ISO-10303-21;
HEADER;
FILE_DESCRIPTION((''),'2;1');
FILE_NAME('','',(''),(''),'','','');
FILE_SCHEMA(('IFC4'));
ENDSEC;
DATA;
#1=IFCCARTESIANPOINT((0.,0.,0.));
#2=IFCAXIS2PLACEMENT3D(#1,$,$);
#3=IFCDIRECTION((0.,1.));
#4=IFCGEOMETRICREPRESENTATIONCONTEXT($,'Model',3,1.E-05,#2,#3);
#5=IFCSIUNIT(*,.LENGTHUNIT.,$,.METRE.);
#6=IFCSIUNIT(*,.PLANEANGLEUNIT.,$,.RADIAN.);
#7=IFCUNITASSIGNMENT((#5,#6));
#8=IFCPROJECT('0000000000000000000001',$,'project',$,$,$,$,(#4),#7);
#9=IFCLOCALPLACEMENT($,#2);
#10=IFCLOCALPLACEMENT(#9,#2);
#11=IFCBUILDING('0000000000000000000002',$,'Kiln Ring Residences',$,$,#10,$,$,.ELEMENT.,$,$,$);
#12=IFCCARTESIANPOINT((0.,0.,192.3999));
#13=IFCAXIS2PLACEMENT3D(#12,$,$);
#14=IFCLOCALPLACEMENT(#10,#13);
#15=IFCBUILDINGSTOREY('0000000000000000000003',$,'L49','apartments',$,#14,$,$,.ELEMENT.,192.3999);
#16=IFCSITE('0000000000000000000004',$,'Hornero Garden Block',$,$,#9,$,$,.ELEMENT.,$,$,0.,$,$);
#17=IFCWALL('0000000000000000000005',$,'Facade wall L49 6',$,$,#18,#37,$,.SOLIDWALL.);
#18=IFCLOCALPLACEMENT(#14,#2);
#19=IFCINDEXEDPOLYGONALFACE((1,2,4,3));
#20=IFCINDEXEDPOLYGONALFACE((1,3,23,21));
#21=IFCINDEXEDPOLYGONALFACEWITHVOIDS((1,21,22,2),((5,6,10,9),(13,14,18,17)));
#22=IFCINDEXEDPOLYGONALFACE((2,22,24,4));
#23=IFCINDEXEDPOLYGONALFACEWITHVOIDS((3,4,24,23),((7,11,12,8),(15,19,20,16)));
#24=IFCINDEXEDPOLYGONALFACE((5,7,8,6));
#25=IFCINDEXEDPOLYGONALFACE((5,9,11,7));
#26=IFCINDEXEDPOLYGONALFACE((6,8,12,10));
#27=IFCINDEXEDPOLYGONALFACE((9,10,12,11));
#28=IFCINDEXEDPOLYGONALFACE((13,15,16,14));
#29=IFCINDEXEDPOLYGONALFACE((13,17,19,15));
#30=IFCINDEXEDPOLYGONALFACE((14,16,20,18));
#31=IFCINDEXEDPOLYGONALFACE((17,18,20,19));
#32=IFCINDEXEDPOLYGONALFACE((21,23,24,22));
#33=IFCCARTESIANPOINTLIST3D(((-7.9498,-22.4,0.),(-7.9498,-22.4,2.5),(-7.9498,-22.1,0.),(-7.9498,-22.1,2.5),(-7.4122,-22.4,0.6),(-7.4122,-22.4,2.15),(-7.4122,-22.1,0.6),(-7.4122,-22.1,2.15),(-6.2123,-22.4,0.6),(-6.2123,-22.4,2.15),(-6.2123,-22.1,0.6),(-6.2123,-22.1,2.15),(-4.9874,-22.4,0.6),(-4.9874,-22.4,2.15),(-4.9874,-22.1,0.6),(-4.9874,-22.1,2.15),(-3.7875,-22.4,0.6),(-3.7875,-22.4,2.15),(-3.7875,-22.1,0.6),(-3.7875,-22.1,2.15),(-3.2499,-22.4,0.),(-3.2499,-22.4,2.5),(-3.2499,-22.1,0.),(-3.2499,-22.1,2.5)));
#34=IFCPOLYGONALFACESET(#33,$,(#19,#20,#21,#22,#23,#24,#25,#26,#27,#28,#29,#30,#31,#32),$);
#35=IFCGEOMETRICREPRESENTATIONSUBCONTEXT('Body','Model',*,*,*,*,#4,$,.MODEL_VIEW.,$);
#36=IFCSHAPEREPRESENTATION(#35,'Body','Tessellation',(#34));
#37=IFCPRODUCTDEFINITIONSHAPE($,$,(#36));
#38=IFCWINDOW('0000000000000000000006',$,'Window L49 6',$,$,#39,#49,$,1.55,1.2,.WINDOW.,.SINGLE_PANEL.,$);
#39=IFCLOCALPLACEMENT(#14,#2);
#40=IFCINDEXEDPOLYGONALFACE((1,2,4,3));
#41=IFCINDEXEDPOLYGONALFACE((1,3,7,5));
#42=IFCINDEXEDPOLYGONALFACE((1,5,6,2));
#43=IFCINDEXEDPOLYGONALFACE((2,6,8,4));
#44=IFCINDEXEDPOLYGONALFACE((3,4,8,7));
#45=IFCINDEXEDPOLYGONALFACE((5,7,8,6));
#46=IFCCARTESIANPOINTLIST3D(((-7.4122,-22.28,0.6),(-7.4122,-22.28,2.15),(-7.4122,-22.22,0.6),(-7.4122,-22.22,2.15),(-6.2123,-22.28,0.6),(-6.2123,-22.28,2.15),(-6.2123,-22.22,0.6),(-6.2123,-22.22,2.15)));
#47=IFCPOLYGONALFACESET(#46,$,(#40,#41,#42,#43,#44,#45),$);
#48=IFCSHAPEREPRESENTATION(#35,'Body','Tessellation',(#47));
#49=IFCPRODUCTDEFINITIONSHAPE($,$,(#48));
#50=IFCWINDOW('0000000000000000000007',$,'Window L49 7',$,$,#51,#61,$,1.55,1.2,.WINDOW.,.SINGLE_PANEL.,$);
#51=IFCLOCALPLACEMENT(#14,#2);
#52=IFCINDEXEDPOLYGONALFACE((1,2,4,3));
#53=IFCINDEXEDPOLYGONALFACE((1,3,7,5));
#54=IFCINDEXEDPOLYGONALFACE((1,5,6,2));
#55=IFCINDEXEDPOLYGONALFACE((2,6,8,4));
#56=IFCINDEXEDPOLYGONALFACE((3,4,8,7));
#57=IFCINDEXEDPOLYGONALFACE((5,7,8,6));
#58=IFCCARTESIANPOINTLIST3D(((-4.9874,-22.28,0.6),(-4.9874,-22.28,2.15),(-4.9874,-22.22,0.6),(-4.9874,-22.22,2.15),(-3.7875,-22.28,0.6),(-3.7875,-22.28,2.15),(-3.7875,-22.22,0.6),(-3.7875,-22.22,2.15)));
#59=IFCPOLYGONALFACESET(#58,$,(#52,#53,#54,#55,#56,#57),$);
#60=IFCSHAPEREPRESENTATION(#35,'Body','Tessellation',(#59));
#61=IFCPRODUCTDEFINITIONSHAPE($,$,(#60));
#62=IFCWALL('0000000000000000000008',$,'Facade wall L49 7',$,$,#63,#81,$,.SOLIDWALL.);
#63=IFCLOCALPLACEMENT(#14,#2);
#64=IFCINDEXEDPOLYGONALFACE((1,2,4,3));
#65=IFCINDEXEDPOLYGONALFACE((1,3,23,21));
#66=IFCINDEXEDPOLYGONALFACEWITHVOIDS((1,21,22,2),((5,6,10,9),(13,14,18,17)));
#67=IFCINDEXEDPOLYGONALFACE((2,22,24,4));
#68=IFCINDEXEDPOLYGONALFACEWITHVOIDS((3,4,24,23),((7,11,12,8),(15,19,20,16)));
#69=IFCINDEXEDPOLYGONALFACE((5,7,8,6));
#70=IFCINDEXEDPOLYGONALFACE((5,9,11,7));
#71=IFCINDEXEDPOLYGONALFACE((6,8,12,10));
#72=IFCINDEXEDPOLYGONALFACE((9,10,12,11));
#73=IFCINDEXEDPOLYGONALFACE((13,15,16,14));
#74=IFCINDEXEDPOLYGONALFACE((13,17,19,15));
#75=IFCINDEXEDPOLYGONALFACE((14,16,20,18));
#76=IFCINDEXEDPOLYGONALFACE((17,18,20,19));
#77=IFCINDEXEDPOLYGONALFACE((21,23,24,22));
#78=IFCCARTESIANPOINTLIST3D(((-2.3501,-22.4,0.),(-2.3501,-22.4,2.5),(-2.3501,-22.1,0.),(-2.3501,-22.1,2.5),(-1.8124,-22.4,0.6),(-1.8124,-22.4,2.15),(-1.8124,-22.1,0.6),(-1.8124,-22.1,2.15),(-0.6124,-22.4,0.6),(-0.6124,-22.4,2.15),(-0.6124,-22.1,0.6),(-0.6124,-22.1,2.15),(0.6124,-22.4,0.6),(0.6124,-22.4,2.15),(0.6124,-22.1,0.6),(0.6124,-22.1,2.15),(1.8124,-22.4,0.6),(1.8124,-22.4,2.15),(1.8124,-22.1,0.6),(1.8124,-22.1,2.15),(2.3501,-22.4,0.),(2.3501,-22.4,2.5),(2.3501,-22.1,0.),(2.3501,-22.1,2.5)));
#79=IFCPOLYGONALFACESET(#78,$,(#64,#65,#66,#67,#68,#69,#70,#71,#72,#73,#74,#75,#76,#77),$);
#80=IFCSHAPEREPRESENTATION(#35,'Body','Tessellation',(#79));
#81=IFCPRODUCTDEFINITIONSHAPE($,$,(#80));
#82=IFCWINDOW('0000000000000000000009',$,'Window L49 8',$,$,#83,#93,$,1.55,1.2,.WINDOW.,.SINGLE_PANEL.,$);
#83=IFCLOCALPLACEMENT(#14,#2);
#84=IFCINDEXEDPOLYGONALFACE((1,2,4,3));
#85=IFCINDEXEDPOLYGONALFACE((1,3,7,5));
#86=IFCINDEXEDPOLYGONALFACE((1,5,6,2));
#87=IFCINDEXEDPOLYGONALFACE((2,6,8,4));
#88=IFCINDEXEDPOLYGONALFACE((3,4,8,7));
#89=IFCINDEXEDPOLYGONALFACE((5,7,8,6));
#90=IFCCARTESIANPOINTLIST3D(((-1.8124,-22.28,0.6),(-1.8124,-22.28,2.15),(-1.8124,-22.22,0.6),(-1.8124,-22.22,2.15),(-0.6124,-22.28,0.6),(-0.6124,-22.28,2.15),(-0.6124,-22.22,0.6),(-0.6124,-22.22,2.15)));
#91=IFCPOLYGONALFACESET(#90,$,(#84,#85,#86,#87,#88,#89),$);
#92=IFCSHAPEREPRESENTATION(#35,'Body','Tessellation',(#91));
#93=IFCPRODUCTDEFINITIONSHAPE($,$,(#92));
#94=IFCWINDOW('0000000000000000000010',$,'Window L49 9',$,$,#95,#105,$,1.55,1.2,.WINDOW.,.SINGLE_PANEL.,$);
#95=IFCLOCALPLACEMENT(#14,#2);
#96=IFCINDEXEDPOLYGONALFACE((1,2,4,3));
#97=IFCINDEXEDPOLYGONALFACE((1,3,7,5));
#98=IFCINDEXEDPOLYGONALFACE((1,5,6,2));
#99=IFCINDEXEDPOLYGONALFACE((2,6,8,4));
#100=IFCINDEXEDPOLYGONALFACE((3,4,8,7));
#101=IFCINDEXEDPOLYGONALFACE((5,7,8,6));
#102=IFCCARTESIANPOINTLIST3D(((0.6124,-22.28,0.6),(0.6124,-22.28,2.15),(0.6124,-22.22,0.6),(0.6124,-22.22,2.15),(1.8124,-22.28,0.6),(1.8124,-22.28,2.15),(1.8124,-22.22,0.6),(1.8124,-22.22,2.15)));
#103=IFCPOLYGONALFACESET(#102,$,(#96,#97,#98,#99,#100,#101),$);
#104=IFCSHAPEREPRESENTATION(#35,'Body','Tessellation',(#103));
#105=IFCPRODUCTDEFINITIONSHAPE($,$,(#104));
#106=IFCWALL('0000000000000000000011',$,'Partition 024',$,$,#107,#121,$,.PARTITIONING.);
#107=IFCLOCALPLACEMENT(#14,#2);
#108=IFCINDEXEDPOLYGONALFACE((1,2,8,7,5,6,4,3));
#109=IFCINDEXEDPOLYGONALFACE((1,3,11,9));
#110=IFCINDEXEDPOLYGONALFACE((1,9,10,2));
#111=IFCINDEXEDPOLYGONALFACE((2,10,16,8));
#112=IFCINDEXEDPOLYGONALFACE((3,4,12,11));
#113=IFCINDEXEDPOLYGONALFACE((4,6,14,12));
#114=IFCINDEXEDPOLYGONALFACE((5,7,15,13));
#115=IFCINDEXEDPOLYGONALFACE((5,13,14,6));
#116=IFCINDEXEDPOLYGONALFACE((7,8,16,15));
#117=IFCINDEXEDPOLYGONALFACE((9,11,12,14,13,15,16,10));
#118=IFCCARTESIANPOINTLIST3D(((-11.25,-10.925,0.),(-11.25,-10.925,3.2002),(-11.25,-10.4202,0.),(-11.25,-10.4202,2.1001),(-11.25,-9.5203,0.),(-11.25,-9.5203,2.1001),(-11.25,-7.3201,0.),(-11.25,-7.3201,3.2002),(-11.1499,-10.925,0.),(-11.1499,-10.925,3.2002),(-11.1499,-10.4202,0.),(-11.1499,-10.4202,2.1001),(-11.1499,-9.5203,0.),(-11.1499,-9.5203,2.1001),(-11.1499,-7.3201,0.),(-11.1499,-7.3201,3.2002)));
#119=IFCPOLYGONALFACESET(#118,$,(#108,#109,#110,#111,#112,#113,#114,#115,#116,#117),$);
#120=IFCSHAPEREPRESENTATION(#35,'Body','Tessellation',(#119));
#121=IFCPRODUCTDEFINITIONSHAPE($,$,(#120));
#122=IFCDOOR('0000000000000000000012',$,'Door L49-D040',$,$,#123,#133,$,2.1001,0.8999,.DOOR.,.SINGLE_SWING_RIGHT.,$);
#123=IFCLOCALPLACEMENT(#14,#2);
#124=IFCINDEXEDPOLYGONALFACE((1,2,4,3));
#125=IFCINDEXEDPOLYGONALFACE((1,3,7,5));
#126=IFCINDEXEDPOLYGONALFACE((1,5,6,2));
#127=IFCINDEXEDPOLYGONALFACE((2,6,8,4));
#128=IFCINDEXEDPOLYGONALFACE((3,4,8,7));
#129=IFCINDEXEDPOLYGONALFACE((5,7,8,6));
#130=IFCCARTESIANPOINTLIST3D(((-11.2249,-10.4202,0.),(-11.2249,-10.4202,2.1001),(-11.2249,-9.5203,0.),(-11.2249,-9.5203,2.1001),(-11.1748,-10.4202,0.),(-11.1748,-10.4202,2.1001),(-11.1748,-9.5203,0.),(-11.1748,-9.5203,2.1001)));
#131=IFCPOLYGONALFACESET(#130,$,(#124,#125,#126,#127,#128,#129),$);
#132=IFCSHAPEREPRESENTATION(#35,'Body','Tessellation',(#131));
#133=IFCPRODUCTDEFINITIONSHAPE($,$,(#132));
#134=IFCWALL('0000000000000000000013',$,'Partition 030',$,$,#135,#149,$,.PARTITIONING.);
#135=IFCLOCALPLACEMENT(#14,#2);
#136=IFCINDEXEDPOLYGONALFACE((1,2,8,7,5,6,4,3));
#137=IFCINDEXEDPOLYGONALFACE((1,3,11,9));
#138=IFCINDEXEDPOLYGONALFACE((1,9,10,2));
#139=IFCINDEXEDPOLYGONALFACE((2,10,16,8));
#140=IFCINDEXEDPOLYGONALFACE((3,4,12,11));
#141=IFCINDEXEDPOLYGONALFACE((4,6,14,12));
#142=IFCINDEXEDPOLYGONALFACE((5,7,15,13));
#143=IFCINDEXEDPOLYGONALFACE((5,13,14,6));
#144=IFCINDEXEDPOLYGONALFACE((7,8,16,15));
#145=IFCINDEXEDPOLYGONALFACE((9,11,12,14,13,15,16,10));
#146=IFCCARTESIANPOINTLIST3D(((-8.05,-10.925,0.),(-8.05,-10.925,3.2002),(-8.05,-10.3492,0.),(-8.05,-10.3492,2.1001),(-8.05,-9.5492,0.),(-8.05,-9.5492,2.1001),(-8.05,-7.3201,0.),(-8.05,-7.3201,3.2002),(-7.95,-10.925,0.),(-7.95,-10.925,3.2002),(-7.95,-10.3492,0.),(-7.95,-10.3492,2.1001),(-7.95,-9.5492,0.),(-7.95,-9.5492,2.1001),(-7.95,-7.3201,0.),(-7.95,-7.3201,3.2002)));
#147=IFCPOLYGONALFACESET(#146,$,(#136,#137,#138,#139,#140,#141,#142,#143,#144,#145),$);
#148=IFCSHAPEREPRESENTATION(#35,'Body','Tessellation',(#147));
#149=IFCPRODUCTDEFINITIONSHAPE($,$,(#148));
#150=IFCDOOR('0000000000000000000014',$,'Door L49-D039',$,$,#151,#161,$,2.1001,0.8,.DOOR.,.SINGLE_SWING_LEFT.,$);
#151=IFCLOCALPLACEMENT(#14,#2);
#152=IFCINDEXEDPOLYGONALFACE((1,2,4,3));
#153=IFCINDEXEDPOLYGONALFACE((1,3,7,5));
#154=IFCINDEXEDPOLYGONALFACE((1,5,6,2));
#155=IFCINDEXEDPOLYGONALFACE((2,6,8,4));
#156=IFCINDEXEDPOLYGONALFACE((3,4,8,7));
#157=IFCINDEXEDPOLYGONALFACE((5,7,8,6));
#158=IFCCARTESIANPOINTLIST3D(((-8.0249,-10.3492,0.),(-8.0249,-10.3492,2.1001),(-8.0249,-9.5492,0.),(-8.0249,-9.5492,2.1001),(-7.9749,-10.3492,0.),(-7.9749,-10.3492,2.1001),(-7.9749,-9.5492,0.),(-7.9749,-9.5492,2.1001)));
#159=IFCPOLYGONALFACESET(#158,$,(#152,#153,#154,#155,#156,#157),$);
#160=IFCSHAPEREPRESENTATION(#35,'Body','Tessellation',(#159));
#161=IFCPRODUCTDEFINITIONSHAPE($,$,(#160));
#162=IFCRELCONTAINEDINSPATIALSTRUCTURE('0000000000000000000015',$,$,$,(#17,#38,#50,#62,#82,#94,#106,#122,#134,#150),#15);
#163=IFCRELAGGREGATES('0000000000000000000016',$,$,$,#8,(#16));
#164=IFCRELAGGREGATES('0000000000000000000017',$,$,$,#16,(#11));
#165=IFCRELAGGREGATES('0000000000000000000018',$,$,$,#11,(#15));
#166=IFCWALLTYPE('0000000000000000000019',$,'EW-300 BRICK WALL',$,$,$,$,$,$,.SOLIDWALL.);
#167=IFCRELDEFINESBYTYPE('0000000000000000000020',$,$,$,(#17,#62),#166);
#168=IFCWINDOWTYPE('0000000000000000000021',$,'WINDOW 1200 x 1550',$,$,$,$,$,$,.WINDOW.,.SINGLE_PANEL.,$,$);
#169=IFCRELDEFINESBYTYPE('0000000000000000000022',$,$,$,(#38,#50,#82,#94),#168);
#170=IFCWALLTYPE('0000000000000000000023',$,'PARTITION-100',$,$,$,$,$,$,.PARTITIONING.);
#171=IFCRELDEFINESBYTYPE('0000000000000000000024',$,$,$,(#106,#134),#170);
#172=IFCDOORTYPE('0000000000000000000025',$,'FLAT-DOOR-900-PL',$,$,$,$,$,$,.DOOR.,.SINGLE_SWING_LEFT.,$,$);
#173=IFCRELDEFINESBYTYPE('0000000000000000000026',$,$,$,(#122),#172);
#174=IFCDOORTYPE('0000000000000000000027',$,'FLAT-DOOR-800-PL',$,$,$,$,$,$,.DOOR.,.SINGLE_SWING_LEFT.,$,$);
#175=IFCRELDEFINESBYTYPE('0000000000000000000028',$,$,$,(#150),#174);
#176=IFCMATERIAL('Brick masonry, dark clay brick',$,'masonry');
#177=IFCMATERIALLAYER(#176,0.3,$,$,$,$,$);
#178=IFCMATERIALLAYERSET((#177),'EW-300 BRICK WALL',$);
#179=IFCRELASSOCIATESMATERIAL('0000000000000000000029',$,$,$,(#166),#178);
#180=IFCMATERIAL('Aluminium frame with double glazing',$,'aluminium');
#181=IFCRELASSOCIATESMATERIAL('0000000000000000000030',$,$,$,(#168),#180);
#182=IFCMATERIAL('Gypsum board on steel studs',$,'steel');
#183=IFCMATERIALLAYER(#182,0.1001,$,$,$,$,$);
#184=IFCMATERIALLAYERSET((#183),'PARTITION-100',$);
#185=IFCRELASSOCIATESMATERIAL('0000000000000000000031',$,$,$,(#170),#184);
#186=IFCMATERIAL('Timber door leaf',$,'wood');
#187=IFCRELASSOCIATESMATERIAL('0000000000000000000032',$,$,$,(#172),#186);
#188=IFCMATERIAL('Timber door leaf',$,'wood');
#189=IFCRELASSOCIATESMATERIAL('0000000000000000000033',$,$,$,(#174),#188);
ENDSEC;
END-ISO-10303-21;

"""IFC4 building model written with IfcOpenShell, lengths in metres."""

from ifc_helpers import new_model, si_unit, direction, frame, frame_2d, origin, place, context, subcontext, project, spatial, rectangle, extrude, material, layer, layer_set, type_object, element, fill, save


model = new_model("IFC4")

# Units and contexts
model_context = context("Model", 3, precision=1e-05, world=origin(), true_north=direction((0.0, 1.0)))
body_context = subcontext(model_context, "Body", "Model", "MODEL_VIEW")
ifc_project = project(units=[si_unit("LENGTHUNIT", "METRE"), si_unit("PLANEANGLEUNIT", "RADIAN")], contexts=[model_context])

# Site, building, storey
site_placement = place(None, origin())
site = spatial("IfcSite", under=ifc_project, at=site_placement, Name="Hornero Garden Block", CompositionType="ELEMENT", RefElevation=0.0)
building_placement = place(site_placement, origin())
building = spatial("IfcBuilding", under=site, at=building_placement, Name="Kiln Ring Residences", CompositionType="ELEMENT")
storey_placement = place(building_placement, frame((0.0, 0.0, 192.3999)))
storey = spatial("IfcBuildingStorey", under=building, at=storey_placement, Name="L49", Description="apartments", CompositionType="ELEMENT", Elevation=192.3999)

# Walls, openings, windows
ifc_material_1 = material(Name="Brick masonry, dark clay brick", Category="masonry")
ifc_layer_1 = layer(ifc_material_1, 0.3)
ifc_layer_set_1 = layer_set([ifc_layer_1], Name="EW-300 BRICK WALL")
wall_type_1 = type_object("IfcWallType", Name="EW-300 BRICK WALL", PredefinedType="SOLIDWALL", material=ifc_layer_set_1)
wall_1_placement = place(storey_placement, frame((-7.95, -22.25, 0.0), z_axis=(0.0, 0.0, 1.0), x_axis=(1.0, 0.0, 0.0)))
wall_1 = element("IfcWall", 1, at=wall_1_placement, inside=storey, type_object=wall_type_1, Name="Facade wall L49 6", PredefinedType="SOLIDWALL", context=body_context, shape_type="SweptSolid", body=[
    extrude(rectangle(XDim=4.7, YDim=0.3, at=frame_2d((2.3501, 0.0))), origin(), (0.0, 0.0, 1.0), 2.5),
])
opening_1_placement = place(wall_1_placement, frame((0.5376, 0.0, 0.6001)))
opening_1 = element("IfcOpeningElement", 2, at=opening_1_placement, cuts=wall_1, PredefinedType="OPENING", context=body_context, shape_type="SweptSolid", body=[
    extrude(rectangle(XDim=1.2, YDim=1.55, at=frame_2d((0.6001, 0.7749))), frame((0.0, 0.1599, 0.0), z_axis=(0.0, -1.0, 0.0), x_axis=(1.0, 0.0, 0.0)), (0.0, 0.0, 1.0), 0.3201),
])
opening_2_placement = place(wall_1_placement, frame((2.9624, 0.0, 0.6001)))
opening_2 = element("IfcOpeningElement", 3, at=opening_2_placement, cuts=wall_1, PredefinedType="OPENING", context=body_context, shape_type="SweptSolid", body=[
    extrude(rectangle(XDim=1.2, YDim=1.55, at=frame_2d((0.6001, 0.7749))), frame((0.0, 0.1599, 0.0), z_axis=(0.0, -1.0, 0.0), x_axis=(1.0, 0.0, 0.0)), (0.0, 0.0, 1.0), 0.3201),
])
ifc_material_2 = material(Name="Aluminium frame with double glazing", Category="aluminium")
window_type = type_object("IfcWindowType", Name="WINDOW 1200 x 1550", PartitioningType="SINGLE_PANEL", PredefinedType="WINDOW", material=ifc_material_2)
window_1_placement = place(opening_1_placement, origin())
window_1 = element("IfcWindow", 4, at=window_1_placement, inside=storey, type_object=window_type, Name="Window L49 6", OverallHeight=1.55, OverallWidth=1.2, PartitioningType="SINGLE_PANEL", PredefinedType="WINDOW", context=body_context, shape_type="SweptSolid", body=[
    extrude(rectangle(XDim=1.2, YDim=1.55, at=frame_2d((0.6001, 0.7749))), frame((0.0, 0.03, 0.0), z_axis=(0.0, -1.0, 0.0), x_axis=(1.0, 0.0, 0.0)), (0.0, 0.0, 1.0), 0.0601),
])
fill(opening_1, window_1)
window_2_placement = place(opening_2_placement, origin())
window_2 = element("IfcWindow", 5, at=window_2_placement, inside=storey, type_object=window_type, Name="Window L49 7", OverallHeight=1.55, OverallWidth=1.2, PartitioningType="SINGLE_PANEL", PredefinedType="WINDOW", context=body_context, shape_type="SweptSolid", body=[
    extrude(rectangle(XDim=1.2, YDim=1.55, at=frame_2d((0.6001, 0.7749))), frame((0.0, 0.03, 0.0), z_axis=(0.0, -1.0, 0.0), x_axis=(1.0, 0.0, 0.0)), (0.0, 0.0, 1.0), 0.0601),
])
fill(opening_2, window_2)
wall_2_placement = place(storey_placement, frame((-2.3501, -22.25, 0.0), z_axis=(0.0, 0.0, 1.0), x_axis=(1.0, 0.0, 0.0)))
wall_2 = element("IfcWall", 6, at=wall_2_placement, inside=storey, type_object=wall_type_1, Name="Facade wall L49 7", PredefinedType="SOLIDWALL", context=body_context, shape_type="SweptSolid", body=[
    extrude(rectangle(XDim=4.7002, YDim=0.3, at=frame_2d((2.3501, 0.0))), origin(), (0.0, 0.0, 1.0), 2.5),
])
opening_3_placement = place(wall_2_placement, frame((0.5376, 0.0, 0.6001)))
opening_3 = element("IfcOpeningElement", 7, at=opening_3_placement, cuts=wall_2, PredefinedType="OPENING", context=body_context, shape_type="SweptSolid", body=[
    extrude(rectangle(XDim=1.2, YDim=1.55, at=frame_2d((0.6001, 0.7749))), frame((0.0, 0.1599, 0.0), z_axis=(0.0, -1.0, 0.0), x_axis=(1.0, 0.0, 0.0)), (0.0, 0.0, 1.0), 0.3201),
])
opening_4_placement = place(wall_2_placement, frame((2.9624, 0.0, 0.6001)))
opening_4 = element("IfcOpeningElement", 8, at=opening_4_placement, cuts=wall_2, PredefinedType="OPENING", context=body_context, shape_type="SweptSolid", body=[
    extrude(rectangle(XDim=1.2, YDim=1.55, at=frame_2d((0.6001, 0.7749))), frame((0.0, 0.1599, 0.0), z_axis=(0.0, -1.0, 0.0), x_axis=(1.0, 0.0, 0.0)), (0.0, 0.0, 1.0), 0.3201),
])
window_3_placement = place(opening_3_placement, origin())
window_3 = element("IfcWindow", 9, at=window_3_placement, inside=storey, type_object=window_type, Name="Window L49 8", OverallHeight=1.55, OverallWidth=1.2, PartitioningType="SINGLE_PANEL", PredefinedType="WINDOW", context=body_context, shape_type="SweptSolid", body=[
    extrude(rectangle(XDim=1.2, YDim=1.55, at=frame_2d((0.6001, 0.7749))), frame((0.0, 0.03, 0.0), z_axis=(0.0, -1.0, 0.0), x_axis=(1.0, 0.0, 0.0)), (0.0, 0.0, 1.0), 0.0601),
])
fill(opening_3, window_3)
window_4_placement = place(opening_4_placement, origin())
window_4 = element("IfcWindow", 10, at=window_4_placement, inside=storey, type_object=window_type, Name="Window L49 9", OverallHeight=1.55, OverallWidth=1.2, PartitioningType="SINGLE_PANEL", PredefinedType="WINDOW", context=body_context, shape_type="SweptSolid", body=[
    extrude(rectangle(XDim=1.2, YDim=1.55, at=frame_2d((0.6001, 0.7749))), frame((0.0, 0.03, 0.0), z_axis=(0.0, -1.0, 0.0), x_axis=(1.0, 0.0, 0.0)), (0.0, 0.0, 1.0), 0.0601),
])
fill(opening_4, window_4)

# Walls, openings, doors
ifc_material_3 = material(Name="Gypsum board on steel studs", Category="steel")
ifc_layer_2 = layer(ifc_material_3, 0.1001)
ifc_layer_set_2 = layer_set([ifc_layer_2], Name="PARTITION-100")
wall_type_2 = type_object("IfcWallType", Name="PARTITION-100", PredefinedType="PARTITIONING", material=ifc_layer_set_2)
wall_3_placement = place(storey_placement, frame((-11.2, -10.925, 0.0), z_axis=(0.0, 0.0, 1.0), x_axis=(0.0, 1.0, 0.0)))
wall_3 = element("IfcWall", 11, at=wall_3_placement, inside=storey, type_object=wall_type_2, Name="Partition 024", PredefinedType="PARTITIONING", context=body_context, shape_type="SweptSolid", body=[
    extrude(rectangle(XDim=3.605, YDim=0.1001, at=frame_2d((1.8025, 0.0))), origin(), (0.0, 0.0, 1.0), 3.2002),
])
opening_5_placement = place(wall_3_placement, frame((0.5049, 0.0, 0.0)))
opening_5 = element("IfcOpeningElement", 12, at=opening_5_placement, cuts=wall_3, PredefinedType="OPENING", context=body_context, shape_type="SweptSolid", body=[
    extrude(rectangle(XDim=0.8999, YDim=2.1001, at=frame_2d((0.45, 1.05))), frame((0.0, 0.0601, 0.0), z_axis=(0.0, -1.0, 0.0), x_axis=(1.0, 0.0, 0.0)), (0.0, 0.0, 1.0), 0.1201),
])
ifc_material_4 = material(Name="Timber door leaf", Category="wood")
door_type_1 = type_object("IfcDoorType", Name="FLAT-DOOR-900-PL", OperationType="SINGLE_SWING_LEFT", PredefinedType="DOOR", material=ifc_material_4)
door_1_placement = place(opening_5_placement, origin())
door_1 = element("IfcDoor", 13, at=door_1_placement, inside=storey, type_object=door_type_1, Name="Door L49-D040", OperationType="SINGLE_SWING_RIGHT", OverallHeight=2.1001, OverallWidth=0.8999, PredefinedType="DOOR", context=body_context, shape_type="SweptSolid", body=[
    extrude(rectangle(XDim=0.8999, YDim=2.1001, at=frame_2d((0.45, 1.05))), frame((0.0, 0.0249, 0.0), z_axis=(0.0, -1.0, 0.0), x_axis=(1.0, 0.0, 0.0)), (0.0, 0.0, 1.0), 0.05),
])
fill(opening_5, door_1)
wall_4_placement = place(storey_placement, frame((-8.0, -10.925, 0.0), z_axis=(0.0, 0.0, 1.0), x_axis=(0.0, 1.0, 0.0)))
wall_4 = element("IfcWall", 14, at=wall_4_placement, inside=storey, type_object=wall_type_2, Name="Partition 030", PredefinedType="PARTITIONING", context=body_context, shape_type="SweptSolid", body=[
    extrude(rectangle(XDim=3.605, YDim=0.1001, at=frame_2d((1.8025, 0.0))), origin(), (0.0, 0.0, 1.0), 3.2002),
])
opening_6_placement = place(wall_4_placement, frame((0.5759, 0.0, 0.0)))
opening_6 = element("IfcOpeningElement", 15, at=opening_6_placement, cuts=wall_4, PredefinedType="OPENING", context=body_context, shape_type="SweptSolid", body=[
    extrude(rectangle(XDim=0.8, YDim=2.1001, at=frame_2d((0.3999, 1.05))), frame((0.0, 0.0601, 0.0), z_axis=(0.0, -1.0, 0.0), x_axis=(1.0, 0.0, 0.0)), (0.0, 0.0, 1.0), 0.1201),
])
ifc_material_5 = material(Name="Timber door leaf", Category="wood")
door_type_2 = type_object("IfcDoorType", Name="FLAT-DOOR-800-PL", OperationType="SINGLE_SWING_LEFT", PredefinedType="DOOR", material=ifc_material_5)
door_2_placement = place(opening_6_placement, origin())
door_2 = element("IfcDoor", 16, at=door_2_placement, inside=storey, type_object=door_type_2, Name="Door L49-D039", OperationType="SINGLE_SWING_LEFT", OverallHeight=2.1001, OverallWidth=0.8, PredefinedType="DOOR", context=body_context, shape_type="SweptSolid", body=[
    extrude(rectangle(XDim=0.8, YDim=2.1001, at=frame_2d((0.3999, 1.05))), frame((0.0, 0.0249, 0.0), z_axis=(0.0, -1.0, 0.0), x_axis=(1.0, 0.0, 0.0)), (0.0, 0.0, 1.0), 0.05),
])
fill(opening_6, door_2)

save(model, "model.ifc")
